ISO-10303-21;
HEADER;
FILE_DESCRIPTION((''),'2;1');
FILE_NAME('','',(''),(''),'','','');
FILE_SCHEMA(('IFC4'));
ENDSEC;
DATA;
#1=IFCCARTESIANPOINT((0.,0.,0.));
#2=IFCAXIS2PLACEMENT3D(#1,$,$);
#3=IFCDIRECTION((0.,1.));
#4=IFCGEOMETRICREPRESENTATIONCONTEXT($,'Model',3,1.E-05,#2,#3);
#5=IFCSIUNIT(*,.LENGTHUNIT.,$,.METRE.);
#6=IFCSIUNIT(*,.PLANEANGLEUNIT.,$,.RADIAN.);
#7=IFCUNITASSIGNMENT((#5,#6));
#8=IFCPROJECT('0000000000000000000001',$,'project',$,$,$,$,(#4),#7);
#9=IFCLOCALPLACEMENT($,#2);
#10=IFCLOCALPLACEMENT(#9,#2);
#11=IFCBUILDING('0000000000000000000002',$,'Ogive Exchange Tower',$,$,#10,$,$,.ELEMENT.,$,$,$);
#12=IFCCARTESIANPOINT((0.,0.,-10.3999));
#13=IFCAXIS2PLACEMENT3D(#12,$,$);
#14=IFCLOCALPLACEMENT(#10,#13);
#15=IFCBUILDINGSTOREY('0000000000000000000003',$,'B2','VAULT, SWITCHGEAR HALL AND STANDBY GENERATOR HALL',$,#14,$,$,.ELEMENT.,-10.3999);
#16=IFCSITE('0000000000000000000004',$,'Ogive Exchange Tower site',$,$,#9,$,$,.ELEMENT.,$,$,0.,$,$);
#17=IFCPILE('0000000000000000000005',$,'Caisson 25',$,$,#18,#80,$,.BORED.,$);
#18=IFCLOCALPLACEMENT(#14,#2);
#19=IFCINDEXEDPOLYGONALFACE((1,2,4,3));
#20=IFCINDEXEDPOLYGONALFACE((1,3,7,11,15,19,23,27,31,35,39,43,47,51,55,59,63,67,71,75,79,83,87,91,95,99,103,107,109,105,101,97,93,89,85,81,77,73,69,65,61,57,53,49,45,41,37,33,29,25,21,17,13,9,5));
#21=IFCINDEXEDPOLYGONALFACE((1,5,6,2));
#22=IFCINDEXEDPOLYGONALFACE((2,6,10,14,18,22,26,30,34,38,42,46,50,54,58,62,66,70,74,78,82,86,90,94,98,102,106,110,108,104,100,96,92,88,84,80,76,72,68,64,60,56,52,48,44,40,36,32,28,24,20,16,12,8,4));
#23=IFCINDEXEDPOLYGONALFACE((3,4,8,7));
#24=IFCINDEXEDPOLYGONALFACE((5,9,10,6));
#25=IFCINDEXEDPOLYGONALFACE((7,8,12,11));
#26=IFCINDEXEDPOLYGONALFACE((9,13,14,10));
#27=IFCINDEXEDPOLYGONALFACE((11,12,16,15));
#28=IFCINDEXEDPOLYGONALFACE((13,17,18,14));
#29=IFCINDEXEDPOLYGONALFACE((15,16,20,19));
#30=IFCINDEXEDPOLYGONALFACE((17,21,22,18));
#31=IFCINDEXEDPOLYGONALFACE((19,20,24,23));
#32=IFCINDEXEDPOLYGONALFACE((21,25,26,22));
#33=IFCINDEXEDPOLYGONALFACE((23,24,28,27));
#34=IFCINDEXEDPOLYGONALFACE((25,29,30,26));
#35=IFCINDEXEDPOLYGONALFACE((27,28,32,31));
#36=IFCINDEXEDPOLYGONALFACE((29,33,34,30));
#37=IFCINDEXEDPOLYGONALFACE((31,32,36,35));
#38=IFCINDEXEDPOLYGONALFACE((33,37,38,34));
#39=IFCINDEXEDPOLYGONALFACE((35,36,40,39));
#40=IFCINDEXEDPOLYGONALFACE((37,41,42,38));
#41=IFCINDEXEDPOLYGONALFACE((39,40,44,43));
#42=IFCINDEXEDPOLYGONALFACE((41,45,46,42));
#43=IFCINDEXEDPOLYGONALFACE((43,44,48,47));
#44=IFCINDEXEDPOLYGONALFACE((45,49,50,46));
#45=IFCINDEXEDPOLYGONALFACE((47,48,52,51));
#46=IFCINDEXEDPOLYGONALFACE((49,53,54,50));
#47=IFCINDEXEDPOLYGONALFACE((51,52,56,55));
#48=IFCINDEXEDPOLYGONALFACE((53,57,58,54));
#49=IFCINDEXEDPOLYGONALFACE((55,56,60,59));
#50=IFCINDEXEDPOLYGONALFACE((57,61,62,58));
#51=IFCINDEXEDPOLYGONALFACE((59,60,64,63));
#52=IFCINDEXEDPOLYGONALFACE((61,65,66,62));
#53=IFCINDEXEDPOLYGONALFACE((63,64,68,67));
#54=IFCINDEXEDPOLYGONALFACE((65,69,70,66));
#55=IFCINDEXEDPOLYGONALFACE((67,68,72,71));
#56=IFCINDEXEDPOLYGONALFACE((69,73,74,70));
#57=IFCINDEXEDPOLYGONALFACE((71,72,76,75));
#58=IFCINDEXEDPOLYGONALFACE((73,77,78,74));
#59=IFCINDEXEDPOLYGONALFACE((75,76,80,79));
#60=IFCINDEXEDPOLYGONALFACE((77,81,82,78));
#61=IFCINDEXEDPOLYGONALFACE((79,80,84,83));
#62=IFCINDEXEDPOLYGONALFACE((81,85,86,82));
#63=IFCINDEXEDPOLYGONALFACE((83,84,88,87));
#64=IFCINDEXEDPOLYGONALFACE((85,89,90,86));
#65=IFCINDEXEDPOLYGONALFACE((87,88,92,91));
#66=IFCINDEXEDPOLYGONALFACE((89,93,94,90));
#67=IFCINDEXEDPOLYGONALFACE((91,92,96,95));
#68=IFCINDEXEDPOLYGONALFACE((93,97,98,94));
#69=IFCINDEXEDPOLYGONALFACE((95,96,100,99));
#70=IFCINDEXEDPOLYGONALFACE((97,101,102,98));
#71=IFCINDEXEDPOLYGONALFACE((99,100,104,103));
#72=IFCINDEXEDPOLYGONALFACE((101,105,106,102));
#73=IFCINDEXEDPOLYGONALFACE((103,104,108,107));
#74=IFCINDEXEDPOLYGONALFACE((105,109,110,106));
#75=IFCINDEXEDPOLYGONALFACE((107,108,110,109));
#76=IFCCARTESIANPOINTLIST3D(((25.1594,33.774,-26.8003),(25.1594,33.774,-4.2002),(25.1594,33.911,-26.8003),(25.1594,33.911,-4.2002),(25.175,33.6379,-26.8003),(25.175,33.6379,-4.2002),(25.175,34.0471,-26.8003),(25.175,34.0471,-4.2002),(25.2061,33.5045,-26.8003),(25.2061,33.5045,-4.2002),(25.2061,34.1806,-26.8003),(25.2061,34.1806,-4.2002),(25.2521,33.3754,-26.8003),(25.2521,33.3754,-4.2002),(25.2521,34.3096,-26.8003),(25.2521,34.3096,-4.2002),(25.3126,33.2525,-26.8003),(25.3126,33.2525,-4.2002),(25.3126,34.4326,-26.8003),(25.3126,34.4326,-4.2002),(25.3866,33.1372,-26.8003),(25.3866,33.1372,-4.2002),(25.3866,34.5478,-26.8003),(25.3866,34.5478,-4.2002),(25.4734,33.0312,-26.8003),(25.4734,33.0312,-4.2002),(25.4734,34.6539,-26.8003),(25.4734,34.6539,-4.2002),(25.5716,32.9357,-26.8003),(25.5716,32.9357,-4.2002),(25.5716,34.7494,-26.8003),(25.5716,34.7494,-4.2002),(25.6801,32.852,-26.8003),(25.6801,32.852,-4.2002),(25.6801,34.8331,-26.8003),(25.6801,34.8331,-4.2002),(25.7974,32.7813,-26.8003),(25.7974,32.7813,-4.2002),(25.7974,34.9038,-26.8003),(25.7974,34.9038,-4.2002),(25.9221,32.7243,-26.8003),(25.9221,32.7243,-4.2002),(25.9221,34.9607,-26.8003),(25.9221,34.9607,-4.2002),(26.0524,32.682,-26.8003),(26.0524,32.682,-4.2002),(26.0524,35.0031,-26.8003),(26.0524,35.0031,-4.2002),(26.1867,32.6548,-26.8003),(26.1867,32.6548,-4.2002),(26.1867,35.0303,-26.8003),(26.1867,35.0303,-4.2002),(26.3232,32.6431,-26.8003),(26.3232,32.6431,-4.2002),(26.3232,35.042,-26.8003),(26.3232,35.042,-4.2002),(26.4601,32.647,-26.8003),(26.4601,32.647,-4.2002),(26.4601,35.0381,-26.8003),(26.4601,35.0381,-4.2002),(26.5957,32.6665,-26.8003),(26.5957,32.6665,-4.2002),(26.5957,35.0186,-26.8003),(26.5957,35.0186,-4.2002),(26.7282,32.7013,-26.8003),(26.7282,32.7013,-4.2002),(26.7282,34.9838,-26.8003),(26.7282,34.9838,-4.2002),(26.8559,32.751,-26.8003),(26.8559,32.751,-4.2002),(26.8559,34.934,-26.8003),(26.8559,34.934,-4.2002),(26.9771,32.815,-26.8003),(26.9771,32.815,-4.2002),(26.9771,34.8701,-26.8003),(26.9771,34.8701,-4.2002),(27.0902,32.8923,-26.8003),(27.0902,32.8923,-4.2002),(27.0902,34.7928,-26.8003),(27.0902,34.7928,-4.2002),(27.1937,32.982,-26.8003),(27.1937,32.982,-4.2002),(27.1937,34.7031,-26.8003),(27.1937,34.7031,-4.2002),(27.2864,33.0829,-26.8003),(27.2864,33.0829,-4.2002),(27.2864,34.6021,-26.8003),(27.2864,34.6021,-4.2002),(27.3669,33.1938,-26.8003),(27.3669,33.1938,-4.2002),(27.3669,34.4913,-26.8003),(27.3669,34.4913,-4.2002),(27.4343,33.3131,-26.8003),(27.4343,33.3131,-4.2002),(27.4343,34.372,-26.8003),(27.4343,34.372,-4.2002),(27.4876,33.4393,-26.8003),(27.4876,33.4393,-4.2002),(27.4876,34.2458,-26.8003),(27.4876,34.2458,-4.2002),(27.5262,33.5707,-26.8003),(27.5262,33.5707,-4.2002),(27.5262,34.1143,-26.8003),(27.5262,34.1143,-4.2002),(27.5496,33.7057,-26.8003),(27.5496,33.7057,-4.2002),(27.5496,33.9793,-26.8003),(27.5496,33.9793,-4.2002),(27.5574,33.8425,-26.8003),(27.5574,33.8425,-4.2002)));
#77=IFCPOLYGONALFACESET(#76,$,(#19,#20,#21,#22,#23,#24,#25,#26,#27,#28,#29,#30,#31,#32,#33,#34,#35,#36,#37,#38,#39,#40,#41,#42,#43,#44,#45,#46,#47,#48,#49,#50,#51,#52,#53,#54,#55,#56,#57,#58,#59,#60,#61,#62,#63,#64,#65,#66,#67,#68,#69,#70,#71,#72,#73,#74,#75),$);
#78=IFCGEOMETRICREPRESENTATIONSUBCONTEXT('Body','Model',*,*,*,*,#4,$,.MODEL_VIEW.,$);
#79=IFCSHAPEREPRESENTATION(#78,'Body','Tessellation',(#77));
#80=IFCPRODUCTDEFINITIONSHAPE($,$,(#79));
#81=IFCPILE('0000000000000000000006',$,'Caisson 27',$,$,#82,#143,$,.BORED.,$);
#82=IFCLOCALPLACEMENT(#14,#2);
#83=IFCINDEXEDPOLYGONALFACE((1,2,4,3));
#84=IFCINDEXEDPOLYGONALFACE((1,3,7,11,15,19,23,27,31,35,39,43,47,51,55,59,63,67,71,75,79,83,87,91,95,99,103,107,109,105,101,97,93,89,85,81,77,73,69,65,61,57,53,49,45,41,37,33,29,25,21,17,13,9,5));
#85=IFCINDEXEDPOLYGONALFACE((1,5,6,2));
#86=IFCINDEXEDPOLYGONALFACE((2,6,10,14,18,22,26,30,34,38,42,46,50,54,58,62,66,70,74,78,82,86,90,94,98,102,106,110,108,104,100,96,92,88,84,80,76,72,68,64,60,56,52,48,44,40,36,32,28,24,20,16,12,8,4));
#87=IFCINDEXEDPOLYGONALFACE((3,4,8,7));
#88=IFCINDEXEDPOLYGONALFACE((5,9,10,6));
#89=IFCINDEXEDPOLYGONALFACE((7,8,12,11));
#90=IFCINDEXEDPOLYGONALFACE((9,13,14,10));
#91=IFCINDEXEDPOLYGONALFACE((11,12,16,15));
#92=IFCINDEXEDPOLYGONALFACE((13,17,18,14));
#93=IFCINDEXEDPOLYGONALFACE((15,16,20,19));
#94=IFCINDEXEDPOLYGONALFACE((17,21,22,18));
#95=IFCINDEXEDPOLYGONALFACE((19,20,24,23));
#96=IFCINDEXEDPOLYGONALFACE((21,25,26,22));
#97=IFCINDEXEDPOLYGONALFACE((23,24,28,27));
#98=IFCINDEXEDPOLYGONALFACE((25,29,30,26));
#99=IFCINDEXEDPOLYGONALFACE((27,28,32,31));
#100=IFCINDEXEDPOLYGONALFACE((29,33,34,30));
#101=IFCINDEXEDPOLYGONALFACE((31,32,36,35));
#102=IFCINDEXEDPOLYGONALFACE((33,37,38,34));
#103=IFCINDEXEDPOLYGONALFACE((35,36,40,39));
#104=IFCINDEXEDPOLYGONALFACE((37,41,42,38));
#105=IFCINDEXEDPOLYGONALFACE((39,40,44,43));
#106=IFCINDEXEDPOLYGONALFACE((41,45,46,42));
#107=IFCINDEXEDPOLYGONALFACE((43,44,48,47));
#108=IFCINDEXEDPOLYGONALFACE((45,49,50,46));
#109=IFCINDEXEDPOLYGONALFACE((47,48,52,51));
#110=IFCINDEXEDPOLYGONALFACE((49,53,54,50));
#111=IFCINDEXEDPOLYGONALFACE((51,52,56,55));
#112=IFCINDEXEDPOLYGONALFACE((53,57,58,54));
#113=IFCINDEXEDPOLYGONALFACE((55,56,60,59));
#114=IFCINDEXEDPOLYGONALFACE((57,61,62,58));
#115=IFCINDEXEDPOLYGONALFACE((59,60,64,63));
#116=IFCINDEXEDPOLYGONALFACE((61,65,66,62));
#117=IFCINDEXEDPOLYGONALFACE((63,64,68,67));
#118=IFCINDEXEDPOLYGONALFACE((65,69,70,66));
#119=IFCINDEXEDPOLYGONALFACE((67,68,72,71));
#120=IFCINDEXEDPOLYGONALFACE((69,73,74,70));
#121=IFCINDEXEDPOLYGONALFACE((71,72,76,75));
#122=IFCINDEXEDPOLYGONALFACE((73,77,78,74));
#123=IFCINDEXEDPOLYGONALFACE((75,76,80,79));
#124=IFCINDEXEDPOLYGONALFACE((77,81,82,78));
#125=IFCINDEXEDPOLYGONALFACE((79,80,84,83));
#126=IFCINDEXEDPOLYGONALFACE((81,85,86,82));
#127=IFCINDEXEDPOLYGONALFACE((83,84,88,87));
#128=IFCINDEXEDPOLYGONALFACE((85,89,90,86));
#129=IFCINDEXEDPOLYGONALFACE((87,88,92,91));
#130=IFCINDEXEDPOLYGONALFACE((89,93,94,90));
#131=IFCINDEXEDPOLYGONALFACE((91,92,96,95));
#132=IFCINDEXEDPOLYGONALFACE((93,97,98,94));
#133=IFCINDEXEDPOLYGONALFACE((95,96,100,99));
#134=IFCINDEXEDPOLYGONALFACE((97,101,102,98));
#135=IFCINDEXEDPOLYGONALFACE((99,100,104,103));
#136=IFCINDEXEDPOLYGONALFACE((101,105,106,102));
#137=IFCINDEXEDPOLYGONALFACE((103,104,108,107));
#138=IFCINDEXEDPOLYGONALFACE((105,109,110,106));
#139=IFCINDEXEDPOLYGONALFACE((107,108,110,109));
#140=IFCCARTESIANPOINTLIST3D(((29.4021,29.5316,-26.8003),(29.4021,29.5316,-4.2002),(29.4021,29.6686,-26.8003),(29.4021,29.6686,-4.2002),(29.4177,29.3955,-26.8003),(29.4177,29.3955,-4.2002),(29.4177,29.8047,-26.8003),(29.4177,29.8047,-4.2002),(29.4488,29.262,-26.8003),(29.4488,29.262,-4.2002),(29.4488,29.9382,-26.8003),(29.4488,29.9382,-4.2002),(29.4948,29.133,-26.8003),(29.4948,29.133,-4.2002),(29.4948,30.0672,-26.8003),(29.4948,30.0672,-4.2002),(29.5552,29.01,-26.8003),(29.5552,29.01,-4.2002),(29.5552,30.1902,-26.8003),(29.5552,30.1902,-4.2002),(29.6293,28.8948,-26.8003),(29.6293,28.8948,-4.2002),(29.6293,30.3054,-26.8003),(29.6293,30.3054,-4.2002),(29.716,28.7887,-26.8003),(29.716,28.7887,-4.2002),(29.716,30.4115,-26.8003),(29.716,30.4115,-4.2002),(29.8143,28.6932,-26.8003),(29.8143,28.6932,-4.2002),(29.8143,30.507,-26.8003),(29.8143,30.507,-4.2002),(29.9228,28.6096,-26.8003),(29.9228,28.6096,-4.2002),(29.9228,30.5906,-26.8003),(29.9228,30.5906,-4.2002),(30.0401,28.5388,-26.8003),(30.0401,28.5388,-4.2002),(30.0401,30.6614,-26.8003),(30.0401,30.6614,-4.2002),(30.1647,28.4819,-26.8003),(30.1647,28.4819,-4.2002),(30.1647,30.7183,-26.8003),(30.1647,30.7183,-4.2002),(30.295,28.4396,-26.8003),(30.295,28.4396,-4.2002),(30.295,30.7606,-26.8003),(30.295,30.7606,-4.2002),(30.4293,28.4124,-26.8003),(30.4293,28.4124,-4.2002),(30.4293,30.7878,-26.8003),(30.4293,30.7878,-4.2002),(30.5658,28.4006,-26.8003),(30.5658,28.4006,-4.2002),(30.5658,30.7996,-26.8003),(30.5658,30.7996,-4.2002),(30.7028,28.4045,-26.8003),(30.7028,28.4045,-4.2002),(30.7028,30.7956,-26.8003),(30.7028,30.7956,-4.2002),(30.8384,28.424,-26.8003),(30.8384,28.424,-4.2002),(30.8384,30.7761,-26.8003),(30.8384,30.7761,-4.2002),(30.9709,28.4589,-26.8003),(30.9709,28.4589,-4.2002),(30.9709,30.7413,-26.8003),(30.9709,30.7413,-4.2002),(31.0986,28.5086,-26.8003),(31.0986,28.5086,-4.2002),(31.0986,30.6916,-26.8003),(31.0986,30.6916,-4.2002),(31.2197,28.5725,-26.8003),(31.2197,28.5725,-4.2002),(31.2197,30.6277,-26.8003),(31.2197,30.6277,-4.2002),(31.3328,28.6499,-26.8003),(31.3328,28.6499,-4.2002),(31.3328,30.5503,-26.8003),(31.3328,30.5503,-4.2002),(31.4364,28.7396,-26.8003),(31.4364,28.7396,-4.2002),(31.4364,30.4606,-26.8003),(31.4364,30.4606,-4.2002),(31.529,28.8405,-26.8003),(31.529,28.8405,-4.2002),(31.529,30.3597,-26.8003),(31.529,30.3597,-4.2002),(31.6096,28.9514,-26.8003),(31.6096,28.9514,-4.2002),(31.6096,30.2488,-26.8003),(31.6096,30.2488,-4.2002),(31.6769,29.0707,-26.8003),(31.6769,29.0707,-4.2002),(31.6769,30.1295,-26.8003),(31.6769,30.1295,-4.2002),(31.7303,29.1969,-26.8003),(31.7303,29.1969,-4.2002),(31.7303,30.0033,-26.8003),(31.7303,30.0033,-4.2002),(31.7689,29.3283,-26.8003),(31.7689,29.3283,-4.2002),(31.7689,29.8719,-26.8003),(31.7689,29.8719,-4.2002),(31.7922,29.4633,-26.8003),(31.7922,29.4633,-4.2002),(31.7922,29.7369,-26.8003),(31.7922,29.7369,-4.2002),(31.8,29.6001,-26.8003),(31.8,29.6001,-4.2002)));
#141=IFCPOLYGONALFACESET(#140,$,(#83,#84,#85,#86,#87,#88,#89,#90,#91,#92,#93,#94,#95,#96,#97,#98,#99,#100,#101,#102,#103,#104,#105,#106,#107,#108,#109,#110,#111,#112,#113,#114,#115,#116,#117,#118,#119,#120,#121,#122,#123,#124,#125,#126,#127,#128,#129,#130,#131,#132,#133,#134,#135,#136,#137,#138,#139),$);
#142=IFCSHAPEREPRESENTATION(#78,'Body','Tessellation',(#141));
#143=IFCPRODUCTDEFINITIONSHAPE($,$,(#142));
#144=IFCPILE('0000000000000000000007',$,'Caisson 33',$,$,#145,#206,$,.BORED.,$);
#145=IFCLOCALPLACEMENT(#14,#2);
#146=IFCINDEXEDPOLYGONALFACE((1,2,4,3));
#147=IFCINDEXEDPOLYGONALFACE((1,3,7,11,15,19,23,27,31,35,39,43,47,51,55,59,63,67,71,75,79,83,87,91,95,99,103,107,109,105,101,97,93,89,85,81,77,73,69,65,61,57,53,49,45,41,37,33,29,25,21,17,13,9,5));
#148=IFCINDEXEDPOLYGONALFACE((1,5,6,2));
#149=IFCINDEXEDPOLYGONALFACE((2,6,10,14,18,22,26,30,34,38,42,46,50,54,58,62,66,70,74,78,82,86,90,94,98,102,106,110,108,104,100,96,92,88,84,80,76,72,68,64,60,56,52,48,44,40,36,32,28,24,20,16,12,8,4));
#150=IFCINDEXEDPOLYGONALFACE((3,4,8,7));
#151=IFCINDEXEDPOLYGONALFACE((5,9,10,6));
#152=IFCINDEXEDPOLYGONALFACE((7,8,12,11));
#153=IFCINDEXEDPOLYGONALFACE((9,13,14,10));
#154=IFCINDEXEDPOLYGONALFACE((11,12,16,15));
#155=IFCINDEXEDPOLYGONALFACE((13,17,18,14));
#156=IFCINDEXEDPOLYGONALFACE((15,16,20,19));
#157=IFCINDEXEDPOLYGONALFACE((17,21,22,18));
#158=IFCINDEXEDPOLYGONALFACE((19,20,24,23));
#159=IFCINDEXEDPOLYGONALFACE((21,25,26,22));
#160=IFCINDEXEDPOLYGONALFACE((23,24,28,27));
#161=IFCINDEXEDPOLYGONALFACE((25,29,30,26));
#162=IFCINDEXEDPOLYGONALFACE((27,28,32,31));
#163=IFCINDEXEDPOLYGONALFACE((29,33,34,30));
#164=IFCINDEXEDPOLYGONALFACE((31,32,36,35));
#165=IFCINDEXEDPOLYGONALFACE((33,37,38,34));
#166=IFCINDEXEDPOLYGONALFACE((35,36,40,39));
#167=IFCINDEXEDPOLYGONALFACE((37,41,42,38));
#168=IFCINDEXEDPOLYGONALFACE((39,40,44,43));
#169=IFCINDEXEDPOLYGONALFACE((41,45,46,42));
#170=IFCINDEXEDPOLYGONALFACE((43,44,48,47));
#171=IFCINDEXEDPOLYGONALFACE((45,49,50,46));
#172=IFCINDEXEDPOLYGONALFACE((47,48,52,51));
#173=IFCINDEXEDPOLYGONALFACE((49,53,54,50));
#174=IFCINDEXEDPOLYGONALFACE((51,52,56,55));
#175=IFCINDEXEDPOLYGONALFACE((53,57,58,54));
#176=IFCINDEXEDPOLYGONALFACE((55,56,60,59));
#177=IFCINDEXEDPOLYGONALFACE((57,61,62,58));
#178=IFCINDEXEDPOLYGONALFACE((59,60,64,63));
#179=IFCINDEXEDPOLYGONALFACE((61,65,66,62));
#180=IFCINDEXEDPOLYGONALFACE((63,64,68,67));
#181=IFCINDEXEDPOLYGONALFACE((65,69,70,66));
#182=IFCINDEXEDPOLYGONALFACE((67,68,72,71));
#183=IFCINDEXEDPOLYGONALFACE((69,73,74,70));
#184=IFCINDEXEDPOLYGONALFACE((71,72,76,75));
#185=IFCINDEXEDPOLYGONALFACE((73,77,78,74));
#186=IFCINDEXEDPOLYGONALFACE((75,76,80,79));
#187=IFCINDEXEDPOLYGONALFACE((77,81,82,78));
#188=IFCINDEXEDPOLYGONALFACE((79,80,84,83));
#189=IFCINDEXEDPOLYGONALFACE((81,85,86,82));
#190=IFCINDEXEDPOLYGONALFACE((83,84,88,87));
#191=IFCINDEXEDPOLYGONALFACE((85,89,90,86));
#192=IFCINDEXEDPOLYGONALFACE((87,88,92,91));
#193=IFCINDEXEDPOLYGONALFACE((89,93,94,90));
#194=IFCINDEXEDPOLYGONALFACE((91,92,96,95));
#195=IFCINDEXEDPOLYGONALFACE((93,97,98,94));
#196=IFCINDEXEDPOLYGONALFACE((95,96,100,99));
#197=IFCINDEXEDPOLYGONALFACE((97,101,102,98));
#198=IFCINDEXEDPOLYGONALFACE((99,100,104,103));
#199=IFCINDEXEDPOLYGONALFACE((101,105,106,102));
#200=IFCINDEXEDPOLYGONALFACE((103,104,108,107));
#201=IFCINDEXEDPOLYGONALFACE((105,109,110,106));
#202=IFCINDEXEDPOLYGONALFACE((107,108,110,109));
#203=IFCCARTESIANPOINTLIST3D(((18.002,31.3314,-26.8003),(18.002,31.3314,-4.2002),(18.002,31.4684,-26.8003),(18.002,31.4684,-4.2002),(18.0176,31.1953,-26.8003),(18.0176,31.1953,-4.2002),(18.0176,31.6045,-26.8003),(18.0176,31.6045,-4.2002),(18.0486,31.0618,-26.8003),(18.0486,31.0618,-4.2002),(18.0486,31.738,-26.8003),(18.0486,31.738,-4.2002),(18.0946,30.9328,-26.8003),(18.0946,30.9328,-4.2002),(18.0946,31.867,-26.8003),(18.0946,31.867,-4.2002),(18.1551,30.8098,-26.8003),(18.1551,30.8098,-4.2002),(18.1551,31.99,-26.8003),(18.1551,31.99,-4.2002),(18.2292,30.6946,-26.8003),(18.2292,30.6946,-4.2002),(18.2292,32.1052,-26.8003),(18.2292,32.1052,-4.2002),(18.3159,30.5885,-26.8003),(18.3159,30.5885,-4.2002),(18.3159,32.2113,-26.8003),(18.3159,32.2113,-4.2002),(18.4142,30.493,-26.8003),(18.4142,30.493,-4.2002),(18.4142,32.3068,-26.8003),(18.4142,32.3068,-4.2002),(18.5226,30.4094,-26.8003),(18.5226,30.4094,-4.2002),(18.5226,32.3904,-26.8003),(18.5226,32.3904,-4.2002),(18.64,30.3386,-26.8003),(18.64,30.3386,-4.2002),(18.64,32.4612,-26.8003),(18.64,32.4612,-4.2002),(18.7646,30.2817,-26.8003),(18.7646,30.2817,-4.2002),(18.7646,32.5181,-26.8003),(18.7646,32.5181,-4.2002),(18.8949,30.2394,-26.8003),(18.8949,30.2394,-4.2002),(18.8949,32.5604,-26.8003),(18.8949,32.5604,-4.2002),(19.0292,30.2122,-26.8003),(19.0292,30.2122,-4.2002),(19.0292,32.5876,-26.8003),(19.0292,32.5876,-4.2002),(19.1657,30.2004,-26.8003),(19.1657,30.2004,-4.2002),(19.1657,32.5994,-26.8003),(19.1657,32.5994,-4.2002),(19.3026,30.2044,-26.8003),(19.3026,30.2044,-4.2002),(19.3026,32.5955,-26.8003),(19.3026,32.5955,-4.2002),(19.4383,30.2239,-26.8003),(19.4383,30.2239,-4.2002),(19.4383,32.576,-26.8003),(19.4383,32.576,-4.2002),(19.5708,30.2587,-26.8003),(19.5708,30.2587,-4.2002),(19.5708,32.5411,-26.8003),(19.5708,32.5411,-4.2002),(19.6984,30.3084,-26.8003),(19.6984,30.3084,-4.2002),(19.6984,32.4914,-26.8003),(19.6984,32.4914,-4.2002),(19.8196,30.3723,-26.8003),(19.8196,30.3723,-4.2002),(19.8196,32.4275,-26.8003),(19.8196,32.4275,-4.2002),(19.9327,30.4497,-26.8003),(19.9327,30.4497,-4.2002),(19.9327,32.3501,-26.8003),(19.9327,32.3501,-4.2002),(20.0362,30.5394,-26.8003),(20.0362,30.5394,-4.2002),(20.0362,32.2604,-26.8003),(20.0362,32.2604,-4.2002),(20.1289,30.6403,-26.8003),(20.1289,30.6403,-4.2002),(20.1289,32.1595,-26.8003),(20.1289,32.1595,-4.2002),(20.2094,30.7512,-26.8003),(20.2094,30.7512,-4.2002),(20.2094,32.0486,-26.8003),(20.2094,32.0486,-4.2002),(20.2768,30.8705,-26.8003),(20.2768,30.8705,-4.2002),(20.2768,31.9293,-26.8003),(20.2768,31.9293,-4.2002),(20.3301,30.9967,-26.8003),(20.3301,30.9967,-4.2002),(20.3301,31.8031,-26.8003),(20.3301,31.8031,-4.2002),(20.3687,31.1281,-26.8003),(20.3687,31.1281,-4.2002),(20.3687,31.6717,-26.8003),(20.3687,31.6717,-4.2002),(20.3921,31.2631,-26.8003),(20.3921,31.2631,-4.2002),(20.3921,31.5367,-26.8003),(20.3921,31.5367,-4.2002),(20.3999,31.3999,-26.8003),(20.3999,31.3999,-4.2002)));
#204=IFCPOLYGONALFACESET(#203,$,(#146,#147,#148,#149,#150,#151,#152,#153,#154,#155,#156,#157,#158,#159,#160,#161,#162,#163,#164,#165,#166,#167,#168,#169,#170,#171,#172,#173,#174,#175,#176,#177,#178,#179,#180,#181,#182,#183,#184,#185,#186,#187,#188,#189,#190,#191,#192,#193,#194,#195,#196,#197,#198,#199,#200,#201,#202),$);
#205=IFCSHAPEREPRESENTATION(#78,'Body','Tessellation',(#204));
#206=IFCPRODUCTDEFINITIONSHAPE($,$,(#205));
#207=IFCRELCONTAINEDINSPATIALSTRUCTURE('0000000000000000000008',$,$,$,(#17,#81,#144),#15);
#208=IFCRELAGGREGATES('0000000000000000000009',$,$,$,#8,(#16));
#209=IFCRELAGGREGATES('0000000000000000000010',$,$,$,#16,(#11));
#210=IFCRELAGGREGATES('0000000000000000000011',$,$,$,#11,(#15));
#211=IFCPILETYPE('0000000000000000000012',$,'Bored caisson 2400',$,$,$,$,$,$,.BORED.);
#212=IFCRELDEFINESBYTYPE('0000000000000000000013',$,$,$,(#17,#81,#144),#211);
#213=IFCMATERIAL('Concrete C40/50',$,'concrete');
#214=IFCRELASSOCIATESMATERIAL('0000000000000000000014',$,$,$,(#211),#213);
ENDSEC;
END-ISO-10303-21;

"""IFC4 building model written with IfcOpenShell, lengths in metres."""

from ifc_helpers import new_model, si_unit, direction, frame, origin, origin_2d, place, context, subcontext, project, spatial, circle, extrude, material, material_profile, profile_set, type_object, element, save


model = new_model("IFC4")

# Units and contexts
model_context = context("Model", 3, precision=1e-05, world=origin(), true_north=direction((0.0, 1.0)))
body_context = subcontext(model_context, "Body", "Model", "MODEL_VIEW")
ifc_project = project(units=[si_unit("LENGTHUNIT", "METRE"), si_unit("PLANEANGLEUNIT", "RADIAN")], contexts=[model_context])

# Site, building, storey
site_placement = place(None, origin())
site = spatial("IfcSite", under=ifc_project, at=site_placement, Name="Ogive Exchange Tower site", CompositionType="ELEMENT", RefElevation=0.0)
building_placement = place(site_placement, origin())
building = spatial("IfcBuilding", under=site, at=building_placement, Name="Ogive Exchange Tower", CompositionType="ELEMENT")
storey_placement = place(building_placement, frame((0.0, 0.0, -10.3999)))
storey = spatial("IfcBuildingStorey", under=building, at=storey_placement, Name="B2", Description="VAULT, SWITCHGEAR HALL AND STANDBY GENERATOR HALL", CompositionType="ELEMENT", Elevation=-10.3999)

# Piles
ifc_material_1 = material(Name="Concrete C40/50", Category="concrete")
ifc_material_profile_1 = material_profile(ifc_material_1, circle(Radius=1.2, at=origin_2d()), Name="RC caisson 2400")
ifc_profile_set_1 = profile_set([ifc_material_profile_1], Name="Concrete C40/50")
pile_type = type_object("IfcPileType", Name="Bored caisson 2400", PredefinedType="BORED", material=ifc_profile_set_1)
for number, where, z_axis, x_axis, name in (
    (1, (26.3574, 33.8425, -4.2002), (0.0, 0.0, -1.0), (1.0, 0.0, 0.0), "Caisson 25"),
    (2, (30.6001, 29.6001, -4.2002), (0.0, 0.0, -1.0), (1.0, 0.0, 0.0), "Caisson 27"),
    (3, (19.2, 31.3999, -4.2002), (0.0, 0.0, -1.0), (1.0, 0.0, 0.0), "Caisson 33"),
):
    element("IfcPile", number, at=place(storey_placement, frame(where, z_axis=z_axis, x_axis=x_axis)), inside=storey, type_object=pile_type, Name=name, PredefinedType="BORED", context=body_context, shape_type="SweptSolid", body=[
        extrude(circle(Radius=1.2, at=origin_2d()), origin(), (0.0, 0.0, 1.0), 22.6001),
    ])

save(model, "model.ifc")
